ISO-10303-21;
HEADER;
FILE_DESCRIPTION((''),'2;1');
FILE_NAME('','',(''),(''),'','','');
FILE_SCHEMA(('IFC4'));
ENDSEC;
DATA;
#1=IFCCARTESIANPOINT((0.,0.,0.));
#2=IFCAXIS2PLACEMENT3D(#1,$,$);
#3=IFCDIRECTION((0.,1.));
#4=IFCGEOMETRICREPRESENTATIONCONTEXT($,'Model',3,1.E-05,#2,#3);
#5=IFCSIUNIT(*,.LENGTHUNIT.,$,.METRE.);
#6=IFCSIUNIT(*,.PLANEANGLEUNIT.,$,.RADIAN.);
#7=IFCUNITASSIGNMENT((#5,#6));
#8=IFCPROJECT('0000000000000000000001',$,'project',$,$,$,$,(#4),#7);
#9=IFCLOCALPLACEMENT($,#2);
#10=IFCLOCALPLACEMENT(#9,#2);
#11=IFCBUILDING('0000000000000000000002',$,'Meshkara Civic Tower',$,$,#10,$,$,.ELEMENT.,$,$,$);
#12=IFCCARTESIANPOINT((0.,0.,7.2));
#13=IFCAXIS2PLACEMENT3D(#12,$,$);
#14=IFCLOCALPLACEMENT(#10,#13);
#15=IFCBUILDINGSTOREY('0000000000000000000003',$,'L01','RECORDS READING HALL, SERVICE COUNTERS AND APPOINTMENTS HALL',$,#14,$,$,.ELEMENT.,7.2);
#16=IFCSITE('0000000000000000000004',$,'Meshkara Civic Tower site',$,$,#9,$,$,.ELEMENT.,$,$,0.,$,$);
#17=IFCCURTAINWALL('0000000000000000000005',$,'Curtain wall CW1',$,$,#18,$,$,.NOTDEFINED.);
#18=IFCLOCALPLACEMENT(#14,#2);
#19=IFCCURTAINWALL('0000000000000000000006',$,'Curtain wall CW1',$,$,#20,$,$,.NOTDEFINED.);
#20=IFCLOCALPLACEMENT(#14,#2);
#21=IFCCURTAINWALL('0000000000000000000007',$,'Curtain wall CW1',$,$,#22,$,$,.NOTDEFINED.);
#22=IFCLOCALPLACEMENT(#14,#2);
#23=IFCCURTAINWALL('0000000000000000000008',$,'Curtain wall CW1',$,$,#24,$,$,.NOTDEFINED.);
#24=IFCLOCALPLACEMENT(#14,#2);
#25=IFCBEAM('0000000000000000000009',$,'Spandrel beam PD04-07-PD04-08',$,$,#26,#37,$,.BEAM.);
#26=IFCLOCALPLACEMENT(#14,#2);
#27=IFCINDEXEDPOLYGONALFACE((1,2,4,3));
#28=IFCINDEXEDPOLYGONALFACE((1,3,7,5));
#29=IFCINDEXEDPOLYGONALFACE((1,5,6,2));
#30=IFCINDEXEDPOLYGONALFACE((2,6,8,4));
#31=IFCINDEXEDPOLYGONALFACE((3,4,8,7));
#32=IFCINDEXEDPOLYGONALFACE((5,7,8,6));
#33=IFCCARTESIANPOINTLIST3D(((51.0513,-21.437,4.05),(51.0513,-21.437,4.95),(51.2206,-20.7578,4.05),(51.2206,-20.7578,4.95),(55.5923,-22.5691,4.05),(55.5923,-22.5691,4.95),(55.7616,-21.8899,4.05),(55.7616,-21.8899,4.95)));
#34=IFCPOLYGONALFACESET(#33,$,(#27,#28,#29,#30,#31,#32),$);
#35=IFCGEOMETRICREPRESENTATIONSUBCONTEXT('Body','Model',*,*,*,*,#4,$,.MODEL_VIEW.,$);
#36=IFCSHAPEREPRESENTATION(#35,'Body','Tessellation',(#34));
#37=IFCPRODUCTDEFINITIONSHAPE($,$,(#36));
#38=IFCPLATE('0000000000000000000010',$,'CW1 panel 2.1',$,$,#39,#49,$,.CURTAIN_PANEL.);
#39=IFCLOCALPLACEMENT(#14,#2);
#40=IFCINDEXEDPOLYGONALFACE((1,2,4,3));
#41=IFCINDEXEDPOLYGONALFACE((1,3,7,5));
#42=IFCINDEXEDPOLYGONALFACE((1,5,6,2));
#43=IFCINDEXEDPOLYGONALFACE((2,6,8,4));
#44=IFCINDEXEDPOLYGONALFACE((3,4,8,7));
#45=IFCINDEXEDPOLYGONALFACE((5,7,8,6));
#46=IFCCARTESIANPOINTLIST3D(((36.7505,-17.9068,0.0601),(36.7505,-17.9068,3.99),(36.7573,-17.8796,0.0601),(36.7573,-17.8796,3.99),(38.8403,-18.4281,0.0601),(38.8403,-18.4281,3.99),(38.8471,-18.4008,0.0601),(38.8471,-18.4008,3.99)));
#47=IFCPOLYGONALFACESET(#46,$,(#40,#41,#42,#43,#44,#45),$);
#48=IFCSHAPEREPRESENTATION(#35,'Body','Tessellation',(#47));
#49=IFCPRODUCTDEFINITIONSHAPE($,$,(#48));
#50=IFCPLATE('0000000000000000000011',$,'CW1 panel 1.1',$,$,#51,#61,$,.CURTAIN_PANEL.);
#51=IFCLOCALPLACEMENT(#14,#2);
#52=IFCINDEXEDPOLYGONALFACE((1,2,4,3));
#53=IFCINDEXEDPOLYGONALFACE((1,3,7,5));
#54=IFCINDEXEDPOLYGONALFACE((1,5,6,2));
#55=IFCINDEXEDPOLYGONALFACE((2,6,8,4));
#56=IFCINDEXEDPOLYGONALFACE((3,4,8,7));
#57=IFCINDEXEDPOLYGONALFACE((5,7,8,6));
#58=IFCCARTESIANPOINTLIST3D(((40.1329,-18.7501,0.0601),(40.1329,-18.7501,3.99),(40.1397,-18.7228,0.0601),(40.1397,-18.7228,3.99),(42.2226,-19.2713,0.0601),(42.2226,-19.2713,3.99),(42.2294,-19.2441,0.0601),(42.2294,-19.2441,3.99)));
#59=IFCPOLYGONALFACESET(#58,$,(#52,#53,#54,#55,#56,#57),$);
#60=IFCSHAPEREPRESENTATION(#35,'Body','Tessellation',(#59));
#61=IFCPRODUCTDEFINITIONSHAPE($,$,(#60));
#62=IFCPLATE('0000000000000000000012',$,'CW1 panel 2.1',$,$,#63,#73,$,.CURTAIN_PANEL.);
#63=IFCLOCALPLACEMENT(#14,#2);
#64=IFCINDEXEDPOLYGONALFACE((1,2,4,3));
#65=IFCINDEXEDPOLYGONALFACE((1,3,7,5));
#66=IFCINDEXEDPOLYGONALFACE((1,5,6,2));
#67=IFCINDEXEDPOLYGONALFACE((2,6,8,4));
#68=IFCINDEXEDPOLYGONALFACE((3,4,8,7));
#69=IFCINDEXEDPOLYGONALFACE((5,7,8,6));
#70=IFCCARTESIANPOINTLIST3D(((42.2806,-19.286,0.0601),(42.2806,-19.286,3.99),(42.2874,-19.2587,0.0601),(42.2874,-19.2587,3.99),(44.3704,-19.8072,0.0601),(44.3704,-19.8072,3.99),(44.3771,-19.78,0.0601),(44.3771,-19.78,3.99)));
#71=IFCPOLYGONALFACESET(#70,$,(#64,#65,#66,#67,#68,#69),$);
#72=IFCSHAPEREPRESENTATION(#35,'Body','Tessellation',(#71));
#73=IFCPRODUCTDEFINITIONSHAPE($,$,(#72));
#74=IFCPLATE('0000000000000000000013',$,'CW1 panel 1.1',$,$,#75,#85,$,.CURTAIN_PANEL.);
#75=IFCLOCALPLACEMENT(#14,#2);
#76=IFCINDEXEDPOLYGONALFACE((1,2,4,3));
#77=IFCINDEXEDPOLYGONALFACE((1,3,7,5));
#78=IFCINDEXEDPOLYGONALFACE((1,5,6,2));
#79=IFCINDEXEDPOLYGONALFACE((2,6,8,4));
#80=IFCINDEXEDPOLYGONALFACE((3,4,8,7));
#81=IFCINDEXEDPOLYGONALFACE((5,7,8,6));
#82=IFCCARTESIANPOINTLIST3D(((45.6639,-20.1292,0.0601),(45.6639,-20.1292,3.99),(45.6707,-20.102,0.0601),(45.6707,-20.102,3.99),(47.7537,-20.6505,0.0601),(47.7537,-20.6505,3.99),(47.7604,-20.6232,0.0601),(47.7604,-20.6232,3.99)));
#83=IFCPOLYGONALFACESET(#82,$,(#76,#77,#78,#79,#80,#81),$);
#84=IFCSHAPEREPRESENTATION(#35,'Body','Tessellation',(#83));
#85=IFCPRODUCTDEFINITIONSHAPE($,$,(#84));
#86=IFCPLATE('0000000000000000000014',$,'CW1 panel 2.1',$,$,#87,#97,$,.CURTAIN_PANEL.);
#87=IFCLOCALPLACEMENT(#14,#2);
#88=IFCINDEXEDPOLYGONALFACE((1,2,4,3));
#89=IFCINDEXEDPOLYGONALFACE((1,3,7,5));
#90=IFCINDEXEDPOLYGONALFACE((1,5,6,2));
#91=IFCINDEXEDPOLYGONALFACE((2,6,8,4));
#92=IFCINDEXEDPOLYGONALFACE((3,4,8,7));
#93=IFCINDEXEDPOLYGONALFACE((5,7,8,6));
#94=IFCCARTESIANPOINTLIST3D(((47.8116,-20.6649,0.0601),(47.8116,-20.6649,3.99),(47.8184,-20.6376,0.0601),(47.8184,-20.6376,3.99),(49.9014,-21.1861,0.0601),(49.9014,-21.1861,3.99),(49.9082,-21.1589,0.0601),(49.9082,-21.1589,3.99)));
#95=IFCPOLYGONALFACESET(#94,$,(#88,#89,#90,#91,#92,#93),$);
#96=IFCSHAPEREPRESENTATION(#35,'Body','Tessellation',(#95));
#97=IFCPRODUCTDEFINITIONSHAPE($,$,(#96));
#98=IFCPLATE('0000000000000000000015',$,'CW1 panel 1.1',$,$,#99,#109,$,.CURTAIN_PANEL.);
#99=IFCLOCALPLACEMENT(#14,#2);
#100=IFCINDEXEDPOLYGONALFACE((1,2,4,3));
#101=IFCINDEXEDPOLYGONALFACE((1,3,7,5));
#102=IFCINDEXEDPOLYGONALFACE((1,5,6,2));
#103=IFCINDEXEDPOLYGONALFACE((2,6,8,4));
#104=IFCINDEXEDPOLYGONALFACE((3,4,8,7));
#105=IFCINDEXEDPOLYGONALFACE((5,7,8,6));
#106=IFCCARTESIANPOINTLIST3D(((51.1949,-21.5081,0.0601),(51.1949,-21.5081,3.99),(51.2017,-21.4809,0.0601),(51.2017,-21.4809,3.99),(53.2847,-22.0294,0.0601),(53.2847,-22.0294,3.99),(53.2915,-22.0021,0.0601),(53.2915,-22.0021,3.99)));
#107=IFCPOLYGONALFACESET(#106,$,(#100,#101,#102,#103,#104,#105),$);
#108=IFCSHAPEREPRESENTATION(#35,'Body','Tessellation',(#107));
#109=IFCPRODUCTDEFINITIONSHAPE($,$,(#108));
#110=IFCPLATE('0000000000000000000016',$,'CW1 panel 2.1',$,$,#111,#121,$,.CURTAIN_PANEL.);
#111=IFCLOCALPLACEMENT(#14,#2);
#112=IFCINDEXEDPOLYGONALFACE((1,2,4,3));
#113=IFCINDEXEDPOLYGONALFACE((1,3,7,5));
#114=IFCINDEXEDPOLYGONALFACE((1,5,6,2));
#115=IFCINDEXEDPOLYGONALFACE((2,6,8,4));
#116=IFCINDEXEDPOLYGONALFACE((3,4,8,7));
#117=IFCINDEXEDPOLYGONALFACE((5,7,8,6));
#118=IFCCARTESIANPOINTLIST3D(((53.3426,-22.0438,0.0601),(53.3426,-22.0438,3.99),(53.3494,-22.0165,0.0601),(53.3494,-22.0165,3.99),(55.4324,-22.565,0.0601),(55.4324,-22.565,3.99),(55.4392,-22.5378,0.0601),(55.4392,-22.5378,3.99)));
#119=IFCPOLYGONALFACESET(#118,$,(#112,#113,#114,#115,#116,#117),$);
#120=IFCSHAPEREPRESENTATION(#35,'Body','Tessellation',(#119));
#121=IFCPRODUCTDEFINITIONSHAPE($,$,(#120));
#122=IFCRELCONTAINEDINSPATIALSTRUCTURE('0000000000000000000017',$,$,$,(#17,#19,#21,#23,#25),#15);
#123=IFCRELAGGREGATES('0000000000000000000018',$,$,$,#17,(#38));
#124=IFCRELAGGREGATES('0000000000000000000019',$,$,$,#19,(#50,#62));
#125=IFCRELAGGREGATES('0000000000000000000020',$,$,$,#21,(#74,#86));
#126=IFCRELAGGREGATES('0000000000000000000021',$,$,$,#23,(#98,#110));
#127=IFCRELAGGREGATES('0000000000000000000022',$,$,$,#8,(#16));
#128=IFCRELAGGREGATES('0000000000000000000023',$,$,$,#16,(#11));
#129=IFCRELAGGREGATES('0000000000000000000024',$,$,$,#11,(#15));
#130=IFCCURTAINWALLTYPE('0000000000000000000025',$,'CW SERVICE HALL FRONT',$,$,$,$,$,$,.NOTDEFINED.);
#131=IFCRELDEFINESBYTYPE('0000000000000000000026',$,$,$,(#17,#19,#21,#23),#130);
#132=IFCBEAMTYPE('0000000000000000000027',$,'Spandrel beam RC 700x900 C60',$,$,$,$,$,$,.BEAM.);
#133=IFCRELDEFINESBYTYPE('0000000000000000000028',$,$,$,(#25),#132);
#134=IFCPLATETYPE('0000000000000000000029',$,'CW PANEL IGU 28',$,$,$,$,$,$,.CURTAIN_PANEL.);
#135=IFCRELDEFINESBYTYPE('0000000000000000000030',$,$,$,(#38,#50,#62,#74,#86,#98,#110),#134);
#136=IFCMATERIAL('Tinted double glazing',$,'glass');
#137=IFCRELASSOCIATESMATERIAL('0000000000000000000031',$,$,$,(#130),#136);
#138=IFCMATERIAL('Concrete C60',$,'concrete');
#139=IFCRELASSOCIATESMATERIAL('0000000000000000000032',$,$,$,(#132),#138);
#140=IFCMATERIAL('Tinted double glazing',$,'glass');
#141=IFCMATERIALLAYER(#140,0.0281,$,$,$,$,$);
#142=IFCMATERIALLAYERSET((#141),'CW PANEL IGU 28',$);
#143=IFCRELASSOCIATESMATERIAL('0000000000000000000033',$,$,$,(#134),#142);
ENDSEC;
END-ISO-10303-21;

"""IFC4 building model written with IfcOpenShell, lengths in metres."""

from ifc_helpers import new_model, si_unit, direction, frame, origin, origin_2d, place, context, subcontext, project, spatial, rectangle, extrude, material, layer, layer_set, material_profile, profile_set, type_object, element, aggregate, save


model = new_model("IFC4")

# Units and contexts
model_context = context("Model", 3, precision=1e-05, world=origin(), true_north=direction((0.0, 1.0)))
body_context = subcontext(model_context, "Body", "Model", "MODEL_VIEW")
ifc_project = project(units=[si_unit("LENGTHUNIT", "METRE"), si_unit("PLANEANGLEUNIT", "RADIAN")], contexts=[model_context])

# Site, building, storey
site_placement = place(None, origin())
site = spatial("IfcSite", under=ifc_project, at=site_placement, Name="Meshkara Civic Tower site", CompositionType="ELEMENT", RefElevation=0.0)
building_placement = place(site_placement, origin())
building = spatial("IfcBuilding", under=site, at=building_placement, Name="Meshkara Civic Tower", CompositionType="ELEMENT")
storey_placement = place(building_placement, frame((0.0, 0.0, 7.2)))
storey = spatial("IfcBuildingStorey", under=building, at=storey_placement, Name="L01", Description="RECORDS READING HALL, SERVICE COUNTERS AND APPOINTMENTS HALL", CompositionType="ELEMENT", Elevation=7.2)

# Curtain wall
ifc_material_1 = material(Name="Tinted double glazing", Category="glass")
curtain_wall_type = type_object("IfcCurtainWallType", Name="CW SERVICE HALL FRONT", PredefinedType="NOTDEFINED", material=ifc_material_1)
curtain_wall_1_placement = place(storey_placement, origin())
curtain_wall_1 = element("IfcCurtainWall", 1, at=curtain_wall_1_placement, inside=storey, type_object=curtain_wall_type, Name="Curtain wall CW1", PredefinedType="NOTDEFINED")

# Curtain walls
curtain_wall_2_placement = place(storey_placement, origin())
curtain_wall_2 = element("IfcCurtainWall", 2, at=curtain_wall_2_placement, inside=storey, type_object=curtain_wall_type, Name="Curtain wall CW1", PredefinedType="NOTDEFINED")
curtain_wall_3_placement = place(storey_placement, origin())
curtain_wall_3 = element("IfcCurtainWall", 3, at=curtain_wall_3_placement, inside=storey, type_object=curtain_wall_type, Name="Curtain wall CW1", PredefinedType="NOTDEFINED")
curtain_wall_4_placement = place(storey_placement, origin())
curtain_wall_4 = element("IfcCurtainWall", 4, at=curtain_wall_4_placement, inside=storey, type_object=curtain_wall_type, Name="Curtain wall CW1", PredefinedType="NOTDEFINED")

# Beam
ifc_material_2 = material(Name="Concrete C60", Category="concrete")
ifc_material_profile_1 = material_profile(ifc_material_2, rectangle(XDim=0.7, YDim=0.8999, at=origin_2d()))
ifc_profile_set_1 = profile_set([ifc_material_profile_1], Name="Concrete C60")
beam_type = type_object("IfcBeamType", Name="Spandrel beam RC 700x900 C60", PredefinedType="BEAM", material=ifc_profile_set_1)
for number, where, z_axis, x_axis, name in (
    (5, (51.136, -21.0974, 4.5), (0.970302, -0.241897, 0.0), (0.241897, 0.970302, 0.0), "Spandrel beam PD04-07-PD04-08"),
):
    element("IfcBeam", number, at=place(storey_placement, frame(where, z_axis=z_axis, x_axis=x_axis)), inside=storey, type_object=beam_type, Name=name, PredefinedType="BEAM", context=body_context, shape_type="SweptSolid", body=[
        extrude(rectangle(XDim=0.7, YDim=0.8999, at=origin_2d()), origin(), (0.0, 0.0, 1.0), 4.6799),
    ])

# Plates
ifc_material_3 = material(Name="Tinted double glazing", Category="glass")
ifc_layer = layer(ifc_material_3, 0.0281)
ifc_layer_set = layer_set([ifc_layer], Name="CW PANEL IGU 28")
plate_type = type_object("IfcPlateType", Name="CW PANEL IGU 28", PredefinedType="CURTAIN_PANEL", material=ifc_layer_set)
plate_1_placement = place(storey_placement, frame((37.7988, -18.1538, 0.0601), z_axis=(0.0, 0.0, 1.0), x_axis=(0.970273, -0.242011, 0.0)))
plate_1 = element("IfcPlate", 6, at=plate_1_placement, type_object=plate_type, Name="CW1 panel 2.1", PredefinedType="CURTAIN_PANEL", context=body_context, shape_type="SweptSolid", body=[
    extrude(rectangle(XDim=2.1538, YDim=0.0281, at=origin_2d()), origin(), (0.0, 0.0, 1.0), 3.9299),
])
aggregate(curtain_wall_1, [plate_1])
plate_2_placement = place(storey_placement, frame((41.1812, -18.9971, 0.0601), z_axis=(0.0, 0.0, 1.0), x_axis=(0.970273, -0.242011, 0.0)))
plate_2 = element("IfcPlate", 7, at=plate_2_placement, type_object=plate_type, Name="CW1 panel 1.1", PredefinedType="CURTAIN_PANEL", context=body_context, shape_type="SweptSolid", body=[
    extrude(rectangle(XDim=2.1538, YDim=0.0281, at=origin_2d()), origin(), (0.0, 0.0, 1.0), 3.9299),
])
plate_3_placement = place(storey_placement, frame((43.3289, -19.533, 0.0601), z_axis=(0.0, 0.0, 1.0), x_axis=(0.970273, -0.242011, 0.0)))
plate_3 = element("IfcPlate", 8, at=plate_3_placement, type_object=plate_type, Name="CW1 panel 2.1", PredefinedType="CURTAIN_PANEL", context=body_context, shape_type="SweptSolid", body=[
    extrude(rectangle(XDim=2.1538, YDim=0.0281, at=origin_2d()), origin(), (0.0, 0.0, 1.0), 3.9299),
])
aggregate(curtain_wall_2, [plate_2, plate_3])
plate_4_placement = place(storey_placement, frame((46.7122, -20.3762, 0.0601), z_axis=(0.0, 0.0, 1.0), x_axis=(0.970273, -0.242011, 0.0)))
plate_4 = element("IfcPlate", 9, at=plate_4_placement, type_object=plate_type, Name="CW1 panel 1.1", PredefinedType="CURTAIN_PANEL", context=body_context, shape_type="SweptSolid", body=[
    extrude(rectangle(XDim=2.1538, YDim=0.0281, at=origin_2d()), origin(), (0.0, 0.0, 1.0), 3.9299),
])
plate_5_placement = place(storey_placement, frame((48.8599, -20.9119, 0.0601), z_axis=(0.0, 0.0, 1.0), x_axis=(0.970273, -0.242011, 0.0)))
plate_5 = element("IfcPlate", 10, at=plate_5_placement, type_object=plate_type, Name="CW1 panel 2.1", PredefinedType="CURTAIN_PANEL", context=body_context, shape_type="SweptSolid", body=[
    extrude(rectangle(XDim=2.1538, YDim=0.0281, at=origin_2d()), origin(), (0.0, 0.0, 1.0), 3.9299),
])
aggregate(curtain_wall_3, [plate_4, plate_5])
plate_6_placement = place(storey_placement, frame((52.2432, -21.7551, 0.0601), z_axis=(0.0, 0.0, 1.0), x_axis=(0.970273, -0.242011, 0.0)))
plate_6 = element("IfcPlate", 11, at=plate_6_placement, type_object=plate_type, Name="CW1 panel 1.1", PredefinedType="CURTAIN_PANEL", context=body_context, shape_type="SweptSolid", body=[
    extrude(rectangle(XDim=2.1538, YDim=0.0281, at=origin_2d()), origin(), (0.0, 0.0, 1.0), 3.9299),
])
plate_7_placement = place(storey_placement, frame((54.3909, -22.2908, 0.0601), z_axis=(0.0, 0.0, 1.0), x_axis=(0.970273, -0.242011, 0.0)))
plate_7 = element("IfcPlate", 12, at=plate_7_placement, type_object=plate_type, Name="CW1 panel 2.1", PredefinedType="CURTAIN_PANEL", context=body_context, shape_type="SweptSolid", body=[
    extrude(rectangle(XDim=2.1538, YDim=0.0281, at=origin_2d()), origin(), (0.0, 0.0, 1.0), 3.9299),
])
aggregate(curtain_wall_4, [plate_6, plate_7])

save(model, "model.ifc")
